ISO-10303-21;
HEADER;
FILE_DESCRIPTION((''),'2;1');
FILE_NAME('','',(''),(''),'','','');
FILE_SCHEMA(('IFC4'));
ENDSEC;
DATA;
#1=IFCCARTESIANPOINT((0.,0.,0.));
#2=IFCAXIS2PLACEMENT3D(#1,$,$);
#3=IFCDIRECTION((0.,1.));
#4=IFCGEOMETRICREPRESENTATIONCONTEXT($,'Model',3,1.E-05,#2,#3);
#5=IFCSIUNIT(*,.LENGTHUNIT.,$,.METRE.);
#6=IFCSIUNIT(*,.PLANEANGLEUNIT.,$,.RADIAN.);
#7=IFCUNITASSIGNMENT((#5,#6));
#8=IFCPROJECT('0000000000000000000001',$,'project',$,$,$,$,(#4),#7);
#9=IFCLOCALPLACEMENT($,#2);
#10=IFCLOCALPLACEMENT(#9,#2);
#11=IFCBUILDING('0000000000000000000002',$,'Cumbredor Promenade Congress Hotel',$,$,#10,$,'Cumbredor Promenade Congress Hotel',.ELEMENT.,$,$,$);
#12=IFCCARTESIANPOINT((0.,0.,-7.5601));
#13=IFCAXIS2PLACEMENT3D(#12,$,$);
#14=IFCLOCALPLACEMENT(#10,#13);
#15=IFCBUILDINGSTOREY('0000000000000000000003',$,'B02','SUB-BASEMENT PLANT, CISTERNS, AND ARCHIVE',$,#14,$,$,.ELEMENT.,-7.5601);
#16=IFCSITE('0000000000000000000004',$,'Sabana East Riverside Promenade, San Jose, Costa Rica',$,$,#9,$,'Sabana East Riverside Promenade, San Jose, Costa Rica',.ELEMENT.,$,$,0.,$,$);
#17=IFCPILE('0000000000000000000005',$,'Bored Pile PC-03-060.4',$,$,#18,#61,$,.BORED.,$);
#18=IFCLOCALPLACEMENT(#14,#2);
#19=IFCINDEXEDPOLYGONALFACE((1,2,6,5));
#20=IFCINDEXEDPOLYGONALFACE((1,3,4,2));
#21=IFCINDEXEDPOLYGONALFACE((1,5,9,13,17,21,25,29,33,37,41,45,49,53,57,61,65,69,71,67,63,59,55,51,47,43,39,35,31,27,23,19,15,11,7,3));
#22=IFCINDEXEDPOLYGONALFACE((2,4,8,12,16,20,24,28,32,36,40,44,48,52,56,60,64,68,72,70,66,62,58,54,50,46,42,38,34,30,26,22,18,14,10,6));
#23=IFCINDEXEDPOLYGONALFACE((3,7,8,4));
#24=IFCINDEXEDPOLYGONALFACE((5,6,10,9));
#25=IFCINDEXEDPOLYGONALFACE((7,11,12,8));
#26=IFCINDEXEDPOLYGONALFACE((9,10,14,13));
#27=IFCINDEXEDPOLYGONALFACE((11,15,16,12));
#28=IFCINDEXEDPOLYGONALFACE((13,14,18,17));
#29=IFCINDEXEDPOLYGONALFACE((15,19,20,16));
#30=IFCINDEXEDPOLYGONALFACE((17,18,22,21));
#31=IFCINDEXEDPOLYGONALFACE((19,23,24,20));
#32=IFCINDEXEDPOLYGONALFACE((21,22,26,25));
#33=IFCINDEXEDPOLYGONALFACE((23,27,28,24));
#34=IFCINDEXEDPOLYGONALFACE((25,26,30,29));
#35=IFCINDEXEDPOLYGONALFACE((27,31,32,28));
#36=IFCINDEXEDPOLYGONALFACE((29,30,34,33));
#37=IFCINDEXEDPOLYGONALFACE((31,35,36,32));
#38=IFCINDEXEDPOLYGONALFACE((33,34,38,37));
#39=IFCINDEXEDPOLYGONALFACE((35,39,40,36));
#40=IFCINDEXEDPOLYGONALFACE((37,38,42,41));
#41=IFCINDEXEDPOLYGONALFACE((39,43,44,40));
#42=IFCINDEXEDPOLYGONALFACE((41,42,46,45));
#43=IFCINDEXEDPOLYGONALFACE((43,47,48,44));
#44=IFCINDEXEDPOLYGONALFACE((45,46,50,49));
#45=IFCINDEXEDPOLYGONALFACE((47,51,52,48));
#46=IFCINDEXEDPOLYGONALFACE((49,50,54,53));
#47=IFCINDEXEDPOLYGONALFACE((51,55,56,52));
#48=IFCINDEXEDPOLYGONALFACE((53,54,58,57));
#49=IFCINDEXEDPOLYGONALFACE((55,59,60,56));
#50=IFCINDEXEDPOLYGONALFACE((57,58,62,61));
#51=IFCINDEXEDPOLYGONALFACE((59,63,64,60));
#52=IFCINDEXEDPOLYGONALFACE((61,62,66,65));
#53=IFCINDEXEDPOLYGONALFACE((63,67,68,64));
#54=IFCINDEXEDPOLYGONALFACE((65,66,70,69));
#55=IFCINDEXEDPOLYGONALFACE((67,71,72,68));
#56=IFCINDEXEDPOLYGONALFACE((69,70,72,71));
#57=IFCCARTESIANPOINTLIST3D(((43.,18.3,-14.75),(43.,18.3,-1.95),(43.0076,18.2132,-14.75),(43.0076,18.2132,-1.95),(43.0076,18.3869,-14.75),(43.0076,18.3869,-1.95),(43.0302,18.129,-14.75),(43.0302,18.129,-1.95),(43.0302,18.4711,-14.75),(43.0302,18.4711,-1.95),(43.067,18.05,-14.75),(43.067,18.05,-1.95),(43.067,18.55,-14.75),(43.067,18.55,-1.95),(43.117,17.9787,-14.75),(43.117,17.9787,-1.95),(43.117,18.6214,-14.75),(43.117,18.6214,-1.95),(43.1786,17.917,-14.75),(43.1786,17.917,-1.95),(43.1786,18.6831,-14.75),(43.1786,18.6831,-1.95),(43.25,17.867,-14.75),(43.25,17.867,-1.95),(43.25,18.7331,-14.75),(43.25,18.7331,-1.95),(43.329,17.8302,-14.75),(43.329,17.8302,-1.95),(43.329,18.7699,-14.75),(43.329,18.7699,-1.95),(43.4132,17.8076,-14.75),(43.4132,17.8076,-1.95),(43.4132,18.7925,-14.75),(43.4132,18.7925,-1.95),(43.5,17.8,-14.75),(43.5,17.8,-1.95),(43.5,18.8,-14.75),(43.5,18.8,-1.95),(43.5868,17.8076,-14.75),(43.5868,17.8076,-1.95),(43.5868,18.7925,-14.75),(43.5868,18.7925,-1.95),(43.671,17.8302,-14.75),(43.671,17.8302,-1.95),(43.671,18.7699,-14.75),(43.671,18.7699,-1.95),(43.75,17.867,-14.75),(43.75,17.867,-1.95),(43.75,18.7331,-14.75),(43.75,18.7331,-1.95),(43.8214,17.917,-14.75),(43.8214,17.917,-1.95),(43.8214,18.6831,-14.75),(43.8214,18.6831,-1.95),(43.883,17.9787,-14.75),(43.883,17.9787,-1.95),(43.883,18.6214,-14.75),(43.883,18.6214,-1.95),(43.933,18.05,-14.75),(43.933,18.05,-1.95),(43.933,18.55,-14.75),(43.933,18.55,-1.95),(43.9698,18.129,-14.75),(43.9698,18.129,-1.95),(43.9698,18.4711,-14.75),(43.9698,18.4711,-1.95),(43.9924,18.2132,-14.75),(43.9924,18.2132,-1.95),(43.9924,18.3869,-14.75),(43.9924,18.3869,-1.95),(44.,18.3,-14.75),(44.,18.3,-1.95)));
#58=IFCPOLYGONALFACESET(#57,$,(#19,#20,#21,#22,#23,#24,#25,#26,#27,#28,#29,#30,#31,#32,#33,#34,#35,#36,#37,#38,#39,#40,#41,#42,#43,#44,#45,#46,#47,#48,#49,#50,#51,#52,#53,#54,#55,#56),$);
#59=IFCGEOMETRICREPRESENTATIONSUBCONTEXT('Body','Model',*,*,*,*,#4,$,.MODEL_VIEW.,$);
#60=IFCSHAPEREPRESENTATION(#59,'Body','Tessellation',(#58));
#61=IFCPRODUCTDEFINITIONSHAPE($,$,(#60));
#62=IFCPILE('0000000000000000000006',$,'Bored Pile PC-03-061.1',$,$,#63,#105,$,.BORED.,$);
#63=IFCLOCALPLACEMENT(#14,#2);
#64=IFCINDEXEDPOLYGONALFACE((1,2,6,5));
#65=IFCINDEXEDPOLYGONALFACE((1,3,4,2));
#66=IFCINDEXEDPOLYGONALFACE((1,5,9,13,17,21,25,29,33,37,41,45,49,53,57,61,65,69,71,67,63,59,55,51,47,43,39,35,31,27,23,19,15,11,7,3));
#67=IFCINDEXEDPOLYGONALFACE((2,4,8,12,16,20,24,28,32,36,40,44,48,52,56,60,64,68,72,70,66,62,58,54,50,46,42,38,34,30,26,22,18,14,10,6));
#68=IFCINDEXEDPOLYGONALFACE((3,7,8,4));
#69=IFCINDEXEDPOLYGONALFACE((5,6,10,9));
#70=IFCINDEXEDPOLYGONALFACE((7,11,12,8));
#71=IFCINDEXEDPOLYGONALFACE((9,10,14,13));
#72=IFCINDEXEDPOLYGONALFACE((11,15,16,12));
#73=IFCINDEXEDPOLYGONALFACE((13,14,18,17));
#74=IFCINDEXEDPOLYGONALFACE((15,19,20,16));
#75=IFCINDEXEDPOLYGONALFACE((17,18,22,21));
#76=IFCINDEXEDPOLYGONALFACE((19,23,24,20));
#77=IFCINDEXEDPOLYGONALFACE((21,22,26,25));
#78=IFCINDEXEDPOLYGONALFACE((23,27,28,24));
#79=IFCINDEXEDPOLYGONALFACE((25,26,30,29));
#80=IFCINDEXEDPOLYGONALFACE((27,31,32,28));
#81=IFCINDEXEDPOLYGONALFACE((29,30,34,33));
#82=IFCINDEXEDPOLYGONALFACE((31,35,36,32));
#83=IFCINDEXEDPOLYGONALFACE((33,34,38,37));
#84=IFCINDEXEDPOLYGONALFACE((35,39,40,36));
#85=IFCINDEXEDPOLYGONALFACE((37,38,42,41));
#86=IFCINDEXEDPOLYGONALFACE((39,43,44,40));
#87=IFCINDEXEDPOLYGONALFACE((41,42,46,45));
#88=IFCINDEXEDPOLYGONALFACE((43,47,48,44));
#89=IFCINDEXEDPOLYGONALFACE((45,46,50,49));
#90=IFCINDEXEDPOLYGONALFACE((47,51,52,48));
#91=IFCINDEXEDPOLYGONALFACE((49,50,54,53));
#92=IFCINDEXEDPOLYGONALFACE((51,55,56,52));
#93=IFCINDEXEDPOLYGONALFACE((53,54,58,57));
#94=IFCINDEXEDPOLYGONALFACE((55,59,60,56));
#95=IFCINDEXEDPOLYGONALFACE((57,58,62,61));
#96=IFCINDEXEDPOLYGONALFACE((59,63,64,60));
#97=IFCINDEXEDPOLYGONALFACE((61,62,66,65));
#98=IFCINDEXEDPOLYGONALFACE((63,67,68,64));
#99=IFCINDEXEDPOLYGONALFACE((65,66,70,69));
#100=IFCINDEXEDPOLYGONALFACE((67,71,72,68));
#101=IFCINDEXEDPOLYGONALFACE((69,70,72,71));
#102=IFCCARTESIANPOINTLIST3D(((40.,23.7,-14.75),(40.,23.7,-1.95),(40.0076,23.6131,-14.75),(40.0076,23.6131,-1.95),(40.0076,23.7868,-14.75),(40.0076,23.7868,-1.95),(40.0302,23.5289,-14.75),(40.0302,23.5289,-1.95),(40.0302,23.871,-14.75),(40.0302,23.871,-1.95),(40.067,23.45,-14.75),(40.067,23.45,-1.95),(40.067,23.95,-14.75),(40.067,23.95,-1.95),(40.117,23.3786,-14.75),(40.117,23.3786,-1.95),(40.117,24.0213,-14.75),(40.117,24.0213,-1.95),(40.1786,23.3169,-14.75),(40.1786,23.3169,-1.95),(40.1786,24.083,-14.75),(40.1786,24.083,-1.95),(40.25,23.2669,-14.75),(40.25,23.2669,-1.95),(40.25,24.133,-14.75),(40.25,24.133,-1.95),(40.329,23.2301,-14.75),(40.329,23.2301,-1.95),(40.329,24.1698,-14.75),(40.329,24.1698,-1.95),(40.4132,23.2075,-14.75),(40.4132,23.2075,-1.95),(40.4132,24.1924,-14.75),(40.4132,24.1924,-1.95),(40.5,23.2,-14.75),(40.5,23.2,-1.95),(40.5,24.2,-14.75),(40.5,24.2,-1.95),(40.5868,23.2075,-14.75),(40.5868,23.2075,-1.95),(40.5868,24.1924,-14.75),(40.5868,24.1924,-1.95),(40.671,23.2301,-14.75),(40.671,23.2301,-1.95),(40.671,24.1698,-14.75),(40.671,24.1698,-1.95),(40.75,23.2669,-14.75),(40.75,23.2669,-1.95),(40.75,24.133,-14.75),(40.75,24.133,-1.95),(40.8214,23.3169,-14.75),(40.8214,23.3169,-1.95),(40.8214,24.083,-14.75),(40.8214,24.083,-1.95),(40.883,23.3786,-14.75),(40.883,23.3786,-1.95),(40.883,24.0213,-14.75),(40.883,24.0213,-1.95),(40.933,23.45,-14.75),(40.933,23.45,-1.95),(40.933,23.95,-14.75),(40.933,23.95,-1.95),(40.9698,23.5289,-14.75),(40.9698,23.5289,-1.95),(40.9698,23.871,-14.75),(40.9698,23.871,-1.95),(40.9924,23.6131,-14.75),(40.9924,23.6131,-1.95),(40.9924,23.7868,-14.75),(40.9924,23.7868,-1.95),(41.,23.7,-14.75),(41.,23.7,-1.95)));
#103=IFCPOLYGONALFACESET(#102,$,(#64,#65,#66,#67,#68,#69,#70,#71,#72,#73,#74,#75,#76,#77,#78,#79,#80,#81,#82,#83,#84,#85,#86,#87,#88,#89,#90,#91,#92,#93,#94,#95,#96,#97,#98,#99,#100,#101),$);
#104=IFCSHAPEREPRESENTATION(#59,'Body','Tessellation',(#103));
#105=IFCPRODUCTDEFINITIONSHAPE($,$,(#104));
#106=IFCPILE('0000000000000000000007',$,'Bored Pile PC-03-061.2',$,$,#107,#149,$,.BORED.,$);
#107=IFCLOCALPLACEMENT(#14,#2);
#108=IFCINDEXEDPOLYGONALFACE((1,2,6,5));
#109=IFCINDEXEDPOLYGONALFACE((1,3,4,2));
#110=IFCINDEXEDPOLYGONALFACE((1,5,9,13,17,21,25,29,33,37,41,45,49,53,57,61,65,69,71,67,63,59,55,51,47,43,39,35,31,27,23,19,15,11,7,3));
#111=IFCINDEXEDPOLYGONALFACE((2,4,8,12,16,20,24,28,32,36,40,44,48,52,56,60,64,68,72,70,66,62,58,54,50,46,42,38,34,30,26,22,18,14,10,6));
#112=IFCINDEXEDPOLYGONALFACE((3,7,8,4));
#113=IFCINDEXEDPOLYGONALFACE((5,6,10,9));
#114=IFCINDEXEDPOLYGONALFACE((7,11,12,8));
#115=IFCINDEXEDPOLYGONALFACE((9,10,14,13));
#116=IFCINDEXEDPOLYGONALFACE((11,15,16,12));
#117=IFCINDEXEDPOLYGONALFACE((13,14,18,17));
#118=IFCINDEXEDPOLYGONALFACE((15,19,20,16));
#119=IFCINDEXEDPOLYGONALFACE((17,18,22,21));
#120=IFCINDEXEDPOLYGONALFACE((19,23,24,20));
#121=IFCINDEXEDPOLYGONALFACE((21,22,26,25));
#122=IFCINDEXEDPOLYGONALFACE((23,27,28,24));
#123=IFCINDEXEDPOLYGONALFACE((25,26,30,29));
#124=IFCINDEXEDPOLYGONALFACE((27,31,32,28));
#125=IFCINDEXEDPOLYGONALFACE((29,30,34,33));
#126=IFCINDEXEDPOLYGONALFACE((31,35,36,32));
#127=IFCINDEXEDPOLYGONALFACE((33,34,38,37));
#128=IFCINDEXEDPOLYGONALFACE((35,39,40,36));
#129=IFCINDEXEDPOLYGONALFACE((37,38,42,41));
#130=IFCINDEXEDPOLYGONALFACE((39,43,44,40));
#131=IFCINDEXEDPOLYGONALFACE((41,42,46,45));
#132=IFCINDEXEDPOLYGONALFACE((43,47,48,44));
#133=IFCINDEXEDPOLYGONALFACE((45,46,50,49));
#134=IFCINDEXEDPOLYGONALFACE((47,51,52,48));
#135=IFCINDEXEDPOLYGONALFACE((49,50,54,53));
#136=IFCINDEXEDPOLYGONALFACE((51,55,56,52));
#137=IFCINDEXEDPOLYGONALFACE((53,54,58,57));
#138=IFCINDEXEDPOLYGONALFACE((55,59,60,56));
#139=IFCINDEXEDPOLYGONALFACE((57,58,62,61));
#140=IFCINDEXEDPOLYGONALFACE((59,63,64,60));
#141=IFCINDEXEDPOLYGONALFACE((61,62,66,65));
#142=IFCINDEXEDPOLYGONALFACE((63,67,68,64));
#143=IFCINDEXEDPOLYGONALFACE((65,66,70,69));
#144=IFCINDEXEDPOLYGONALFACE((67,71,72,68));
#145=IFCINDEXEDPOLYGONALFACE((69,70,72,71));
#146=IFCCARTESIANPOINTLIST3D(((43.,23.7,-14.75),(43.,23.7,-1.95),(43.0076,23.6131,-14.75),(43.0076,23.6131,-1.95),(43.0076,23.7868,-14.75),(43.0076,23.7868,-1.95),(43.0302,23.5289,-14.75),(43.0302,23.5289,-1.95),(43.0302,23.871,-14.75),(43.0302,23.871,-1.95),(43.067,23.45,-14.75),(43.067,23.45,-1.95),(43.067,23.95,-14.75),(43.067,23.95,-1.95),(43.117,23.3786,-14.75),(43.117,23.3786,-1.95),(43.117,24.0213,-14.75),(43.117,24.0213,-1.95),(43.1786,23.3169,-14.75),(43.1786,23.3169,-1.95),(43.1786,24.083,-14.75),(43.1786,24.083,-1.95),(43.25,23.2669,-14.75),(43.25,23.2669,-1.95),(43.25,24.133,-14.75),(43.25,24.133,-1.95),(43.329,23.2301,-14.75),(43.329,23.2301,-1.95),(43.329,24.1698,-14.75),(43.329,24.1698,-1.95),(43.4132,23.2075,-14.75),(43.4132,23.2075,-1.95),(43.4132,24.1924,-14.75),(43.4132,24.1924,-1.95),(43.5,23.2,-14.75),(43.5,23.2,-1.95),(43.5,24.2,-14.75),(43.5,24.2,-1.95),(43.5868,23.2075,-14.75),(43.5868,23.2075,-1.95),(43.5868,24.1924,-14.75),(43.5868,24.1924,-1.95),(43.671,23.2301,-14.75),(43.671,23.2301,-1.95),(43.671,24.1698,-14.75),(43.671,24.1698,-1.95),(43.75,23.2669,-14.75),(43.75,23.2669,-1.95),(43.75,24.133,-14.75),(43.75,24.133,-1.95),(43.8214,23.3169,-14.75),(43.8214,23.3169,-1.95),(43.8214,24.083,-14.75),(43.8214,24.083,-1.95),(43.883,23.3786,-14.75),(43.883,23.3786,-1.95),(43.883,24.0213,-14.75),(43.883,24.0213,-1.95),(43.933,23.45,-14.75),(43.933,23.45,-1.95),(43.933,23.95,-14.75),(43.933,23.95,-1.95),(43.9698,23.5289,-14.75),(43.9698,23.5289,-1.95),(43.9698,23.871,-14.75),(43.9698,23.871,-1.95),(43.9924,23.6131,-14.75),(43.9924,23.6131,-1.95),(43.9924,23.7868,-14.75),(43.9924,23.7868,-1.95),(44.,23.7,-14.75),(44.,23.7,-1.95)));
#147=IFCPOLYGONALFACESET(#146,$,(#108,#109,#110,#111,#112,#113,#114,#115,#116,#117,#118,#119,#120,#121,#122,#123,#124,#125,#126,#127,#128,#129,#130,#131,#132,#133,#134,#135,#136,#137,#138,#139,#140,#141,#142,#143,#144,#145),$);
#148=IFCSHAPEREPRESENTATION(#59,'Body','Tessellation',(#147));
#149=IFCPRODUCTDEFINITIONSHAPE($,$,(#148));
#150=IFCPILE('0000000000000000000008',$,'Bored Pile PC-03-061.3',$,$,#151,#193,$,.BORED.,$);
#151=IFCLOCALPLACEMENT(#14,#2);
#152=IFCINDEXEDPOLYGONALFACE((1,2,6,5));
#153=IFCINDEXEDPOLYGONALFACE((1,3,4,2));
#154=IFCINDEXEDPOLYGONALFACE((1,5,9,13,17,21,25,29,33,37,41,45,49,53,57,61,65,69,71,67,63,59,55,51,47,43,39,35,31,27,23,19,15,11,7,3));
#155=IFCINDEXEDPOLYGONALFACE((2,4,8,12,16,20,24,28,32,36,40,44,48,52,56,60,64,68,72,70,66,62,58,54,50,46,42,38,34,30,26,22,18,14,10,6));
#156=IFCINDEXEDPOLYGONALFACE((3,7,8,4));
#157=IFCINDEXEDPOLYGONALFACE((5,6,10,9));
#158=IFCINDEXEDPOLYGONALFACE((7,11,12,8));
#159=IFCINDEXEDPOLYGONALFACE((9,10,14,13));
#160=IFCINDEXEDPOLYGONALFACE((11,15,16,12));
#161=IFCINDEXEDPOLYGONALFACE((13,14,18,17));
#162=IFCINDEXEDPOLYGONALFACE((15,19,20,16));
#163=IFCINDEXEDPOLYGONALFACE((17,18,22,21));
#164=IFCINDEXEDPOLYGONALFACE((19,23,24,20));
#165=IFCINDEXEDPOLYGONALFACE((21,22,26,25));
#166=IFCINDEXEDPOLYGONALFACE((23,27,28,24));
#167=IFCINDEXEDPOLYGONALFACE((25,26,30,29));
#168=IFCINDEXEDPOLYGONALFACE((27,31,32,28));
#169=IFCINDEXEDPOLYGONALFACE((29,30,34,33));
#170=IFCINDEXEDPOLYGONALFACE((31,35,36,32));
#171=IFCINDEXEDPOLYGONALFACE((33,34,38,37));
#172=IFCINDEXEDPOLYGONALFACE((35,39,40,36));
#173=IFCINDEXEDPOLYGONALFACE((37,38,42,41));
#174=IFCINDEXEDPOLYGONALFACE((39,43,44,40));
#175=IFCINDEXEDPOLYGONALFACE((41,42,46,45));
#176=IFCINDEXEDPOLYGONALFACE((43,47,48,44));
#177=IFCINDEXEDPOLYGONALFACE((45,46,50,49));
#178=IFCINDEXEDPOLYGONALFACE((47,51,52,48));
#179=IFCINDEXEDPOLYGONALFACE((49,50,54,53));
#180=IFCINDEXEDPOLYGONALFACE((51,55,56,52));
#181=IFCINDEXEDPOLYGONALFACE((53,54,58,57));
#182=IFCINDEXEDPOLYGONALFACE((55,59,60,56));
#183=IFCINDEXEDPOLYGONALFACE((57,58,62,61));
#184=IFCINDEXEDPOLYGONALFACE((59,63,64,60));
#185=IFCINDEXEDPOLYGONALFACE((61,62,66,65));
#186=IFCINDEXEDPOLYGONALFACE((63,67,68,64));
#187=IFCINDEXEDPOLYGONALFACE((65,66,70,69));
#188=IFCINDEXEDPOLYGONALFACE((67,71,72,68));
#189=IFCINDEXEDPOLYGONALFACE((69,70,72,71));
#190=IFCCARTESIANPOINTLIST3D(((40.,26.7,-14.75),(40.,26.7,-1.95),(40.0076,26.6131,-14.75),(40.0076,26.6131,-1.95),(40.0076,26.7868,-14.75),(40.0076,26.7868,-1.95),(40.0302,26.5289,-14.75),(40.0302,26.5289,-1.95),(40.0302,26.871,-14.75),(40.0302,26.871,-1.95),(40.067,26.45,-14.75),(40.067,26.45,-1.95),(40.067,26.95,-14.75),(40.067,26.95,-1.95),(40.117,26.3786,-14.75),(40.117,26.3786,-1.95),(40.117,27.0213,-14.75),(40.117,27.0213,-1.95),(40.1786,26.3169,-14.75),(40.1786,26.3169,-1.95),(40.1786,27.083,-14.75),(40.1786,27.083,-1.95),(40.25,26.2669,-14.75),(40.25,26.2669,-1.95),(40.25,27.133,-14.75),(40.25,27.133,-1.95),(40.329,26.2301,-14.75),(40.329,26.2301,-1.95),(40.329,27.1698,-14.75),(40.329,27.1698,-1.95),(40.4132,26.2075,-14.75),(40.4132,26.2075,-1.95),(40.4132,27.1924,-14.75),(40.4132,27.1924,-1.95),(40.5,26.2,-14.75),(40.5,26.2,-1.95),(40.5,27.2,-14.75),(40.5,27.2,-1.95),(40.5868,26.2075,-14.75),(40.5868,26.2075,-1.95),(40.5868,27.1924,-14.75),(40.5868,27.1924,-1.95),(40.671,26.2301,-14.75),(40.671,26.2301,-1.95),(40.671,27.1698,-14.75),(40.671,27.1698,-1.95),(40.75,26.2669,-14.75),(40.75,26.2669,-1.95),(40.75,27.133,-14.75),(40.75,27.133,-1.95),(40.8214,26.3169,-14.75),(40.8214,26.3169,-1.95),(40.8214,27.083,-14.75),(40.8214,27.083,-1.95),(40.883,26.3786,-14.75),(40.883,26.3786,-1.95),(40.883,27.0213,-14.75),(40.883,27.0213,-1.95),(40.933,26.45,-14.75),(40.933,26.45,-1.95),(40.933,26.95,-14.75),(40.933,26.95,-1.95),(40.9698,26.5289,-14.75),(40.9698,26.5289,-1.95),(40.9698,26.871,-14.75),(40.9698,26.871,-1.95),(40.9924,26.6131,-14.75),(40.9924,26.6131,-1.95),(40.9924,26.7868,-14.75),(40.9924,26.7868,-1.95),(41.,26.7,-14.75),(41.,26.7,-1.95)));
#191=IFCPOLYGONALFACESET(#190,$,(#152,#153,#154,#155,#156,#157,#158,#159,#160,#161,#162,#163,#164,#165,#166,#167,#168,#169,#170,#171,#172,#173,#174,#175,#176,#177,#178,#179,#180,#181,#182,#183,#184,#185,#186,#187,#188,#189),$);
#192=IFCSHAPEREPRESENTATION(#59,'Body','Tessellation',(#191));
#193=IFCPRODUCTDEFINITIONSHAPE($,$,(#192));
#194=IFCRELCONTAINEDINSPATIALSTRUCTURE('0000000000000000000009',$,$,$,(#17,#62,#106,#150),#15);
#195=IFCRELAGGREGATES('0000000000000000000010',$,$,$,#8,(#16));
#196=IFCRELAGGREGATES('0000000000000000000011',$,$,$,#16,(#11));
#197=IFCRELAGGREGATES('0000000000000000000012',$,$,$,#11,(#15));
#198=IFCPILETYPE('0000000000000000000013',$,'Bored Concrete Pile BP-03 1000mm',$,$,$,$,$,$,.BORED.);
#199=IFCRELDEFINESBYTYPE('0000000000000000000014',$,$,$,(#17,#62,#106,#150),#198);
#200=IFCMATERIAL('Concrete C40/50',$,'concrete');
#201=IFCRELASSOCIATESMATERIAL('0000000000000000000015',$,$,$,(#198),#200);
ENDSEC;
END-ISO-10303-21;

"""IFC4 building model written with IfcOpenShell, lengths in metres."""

from ifc_helpers import new_model, si_unit, direction, frame, origin, origin_2d, place, context, subcontext, project, spatial, circle, extrude, material, material_profile, profile_set, type_object, element, save


model = new_model("IFC4")

# Units and contexts
model_context = context("Model", 3, precision=1e-05, world=origin(), true_north=direction((0.0, 1.0)))
body_context = subcontext(model_context, "Body", "Model", "MODEL_VIEW")
ifc_project = project(units=[si_unit("LENGTHUNIT", "METRE"), si_unit("PLANEANGLEUNIT", "RADIAN")], contexts=[model_context])

# Site, building, storey
site_placement = place(None, origin())
site = spatial("IfcSite", under=ifc_project, at=site_placement, Name="Sabana East Riverside Promenade, San Jose, Costa Rica", LongName="Sabana East Riverside Promenade, San Jose, Costa Rica", CompositionType="ELEMENT", RefElevation=0.0)
building_placement = place(site_placement, origin())
building = spatial("IfcBuilding", under=site, at=building_placement, Name="Cumbredor Promenade Congress Hotel", LongName="Cumbredor Promenade Congress Hotel", CompositionType="ELEMENT")
storey_placement = place(building_placement, frame((0.0, 0.0, -7.5601)))
storey = spatial("IfcBuildingStorey", under=building, at=storey_placement, Name="B02", Description="SUB-BASEMENT PLANT, CISTERNS, AND ARCHIVE", CompositionType="ELEMENT", Elevation=-7.5601)

# Piles
ifc_material_1 = material(Name="Concrete C40/50", Category="concrete")
ifc_material_profile_1 = material_profile(ifc_material_1, circle(Radius=0.5, at=origin_2d()), Name="PILE D1000")
ifc_profile_set_1 = profile_set([ifc_material_profile_1], Name="Concrete C40/50")
pile_type = type_object("IfcPileType", Name="Bored Concrete Pile BP-03 1000mm", PredefinedType="BORED", material=ifc_profile_set_1)
for number, where, z_axis, x_axis, name in (
    (1, (43.5, 18.3, -1.95), (0.0, 0.0, -1.0), (1.0, 0.0, 0.0), "Bored Pile PC-03-060.4"),
    (2, (40.5, 23.7, -1.95), (0.0, 0.0, -1.0), (1.0, 0.0, 0.0), "Bored Pile PC-03-061.1"),
    (3, (43.5, 23.7, -1.95), (0.0, 0.0, -1.0), (1.0, 0.0, 0.0), "Bored Pile PC-03-061.2"),
    (4, (40.5, 26.7, -1.95), (0.0, 0.0, -1.0), (1.0, 0.0, 0.0), "Bored Pile PC-03-061.3"),
):
    element("IfcPile", number, at=place(storey_placement, frame(where, z_axis=z_axis, x_axis=x_axis)), inside=storey, type_object=pile_type, Name=name, PredefinedType="BORED", context=body_context, shape_type="SweptSolid", body=[
        extrude(circle(Radius=0.5, at=origin_2d()), origin(), (0.0, 0.0, 1.0), 12.8),
    ])

save(model, "model.ifc")
